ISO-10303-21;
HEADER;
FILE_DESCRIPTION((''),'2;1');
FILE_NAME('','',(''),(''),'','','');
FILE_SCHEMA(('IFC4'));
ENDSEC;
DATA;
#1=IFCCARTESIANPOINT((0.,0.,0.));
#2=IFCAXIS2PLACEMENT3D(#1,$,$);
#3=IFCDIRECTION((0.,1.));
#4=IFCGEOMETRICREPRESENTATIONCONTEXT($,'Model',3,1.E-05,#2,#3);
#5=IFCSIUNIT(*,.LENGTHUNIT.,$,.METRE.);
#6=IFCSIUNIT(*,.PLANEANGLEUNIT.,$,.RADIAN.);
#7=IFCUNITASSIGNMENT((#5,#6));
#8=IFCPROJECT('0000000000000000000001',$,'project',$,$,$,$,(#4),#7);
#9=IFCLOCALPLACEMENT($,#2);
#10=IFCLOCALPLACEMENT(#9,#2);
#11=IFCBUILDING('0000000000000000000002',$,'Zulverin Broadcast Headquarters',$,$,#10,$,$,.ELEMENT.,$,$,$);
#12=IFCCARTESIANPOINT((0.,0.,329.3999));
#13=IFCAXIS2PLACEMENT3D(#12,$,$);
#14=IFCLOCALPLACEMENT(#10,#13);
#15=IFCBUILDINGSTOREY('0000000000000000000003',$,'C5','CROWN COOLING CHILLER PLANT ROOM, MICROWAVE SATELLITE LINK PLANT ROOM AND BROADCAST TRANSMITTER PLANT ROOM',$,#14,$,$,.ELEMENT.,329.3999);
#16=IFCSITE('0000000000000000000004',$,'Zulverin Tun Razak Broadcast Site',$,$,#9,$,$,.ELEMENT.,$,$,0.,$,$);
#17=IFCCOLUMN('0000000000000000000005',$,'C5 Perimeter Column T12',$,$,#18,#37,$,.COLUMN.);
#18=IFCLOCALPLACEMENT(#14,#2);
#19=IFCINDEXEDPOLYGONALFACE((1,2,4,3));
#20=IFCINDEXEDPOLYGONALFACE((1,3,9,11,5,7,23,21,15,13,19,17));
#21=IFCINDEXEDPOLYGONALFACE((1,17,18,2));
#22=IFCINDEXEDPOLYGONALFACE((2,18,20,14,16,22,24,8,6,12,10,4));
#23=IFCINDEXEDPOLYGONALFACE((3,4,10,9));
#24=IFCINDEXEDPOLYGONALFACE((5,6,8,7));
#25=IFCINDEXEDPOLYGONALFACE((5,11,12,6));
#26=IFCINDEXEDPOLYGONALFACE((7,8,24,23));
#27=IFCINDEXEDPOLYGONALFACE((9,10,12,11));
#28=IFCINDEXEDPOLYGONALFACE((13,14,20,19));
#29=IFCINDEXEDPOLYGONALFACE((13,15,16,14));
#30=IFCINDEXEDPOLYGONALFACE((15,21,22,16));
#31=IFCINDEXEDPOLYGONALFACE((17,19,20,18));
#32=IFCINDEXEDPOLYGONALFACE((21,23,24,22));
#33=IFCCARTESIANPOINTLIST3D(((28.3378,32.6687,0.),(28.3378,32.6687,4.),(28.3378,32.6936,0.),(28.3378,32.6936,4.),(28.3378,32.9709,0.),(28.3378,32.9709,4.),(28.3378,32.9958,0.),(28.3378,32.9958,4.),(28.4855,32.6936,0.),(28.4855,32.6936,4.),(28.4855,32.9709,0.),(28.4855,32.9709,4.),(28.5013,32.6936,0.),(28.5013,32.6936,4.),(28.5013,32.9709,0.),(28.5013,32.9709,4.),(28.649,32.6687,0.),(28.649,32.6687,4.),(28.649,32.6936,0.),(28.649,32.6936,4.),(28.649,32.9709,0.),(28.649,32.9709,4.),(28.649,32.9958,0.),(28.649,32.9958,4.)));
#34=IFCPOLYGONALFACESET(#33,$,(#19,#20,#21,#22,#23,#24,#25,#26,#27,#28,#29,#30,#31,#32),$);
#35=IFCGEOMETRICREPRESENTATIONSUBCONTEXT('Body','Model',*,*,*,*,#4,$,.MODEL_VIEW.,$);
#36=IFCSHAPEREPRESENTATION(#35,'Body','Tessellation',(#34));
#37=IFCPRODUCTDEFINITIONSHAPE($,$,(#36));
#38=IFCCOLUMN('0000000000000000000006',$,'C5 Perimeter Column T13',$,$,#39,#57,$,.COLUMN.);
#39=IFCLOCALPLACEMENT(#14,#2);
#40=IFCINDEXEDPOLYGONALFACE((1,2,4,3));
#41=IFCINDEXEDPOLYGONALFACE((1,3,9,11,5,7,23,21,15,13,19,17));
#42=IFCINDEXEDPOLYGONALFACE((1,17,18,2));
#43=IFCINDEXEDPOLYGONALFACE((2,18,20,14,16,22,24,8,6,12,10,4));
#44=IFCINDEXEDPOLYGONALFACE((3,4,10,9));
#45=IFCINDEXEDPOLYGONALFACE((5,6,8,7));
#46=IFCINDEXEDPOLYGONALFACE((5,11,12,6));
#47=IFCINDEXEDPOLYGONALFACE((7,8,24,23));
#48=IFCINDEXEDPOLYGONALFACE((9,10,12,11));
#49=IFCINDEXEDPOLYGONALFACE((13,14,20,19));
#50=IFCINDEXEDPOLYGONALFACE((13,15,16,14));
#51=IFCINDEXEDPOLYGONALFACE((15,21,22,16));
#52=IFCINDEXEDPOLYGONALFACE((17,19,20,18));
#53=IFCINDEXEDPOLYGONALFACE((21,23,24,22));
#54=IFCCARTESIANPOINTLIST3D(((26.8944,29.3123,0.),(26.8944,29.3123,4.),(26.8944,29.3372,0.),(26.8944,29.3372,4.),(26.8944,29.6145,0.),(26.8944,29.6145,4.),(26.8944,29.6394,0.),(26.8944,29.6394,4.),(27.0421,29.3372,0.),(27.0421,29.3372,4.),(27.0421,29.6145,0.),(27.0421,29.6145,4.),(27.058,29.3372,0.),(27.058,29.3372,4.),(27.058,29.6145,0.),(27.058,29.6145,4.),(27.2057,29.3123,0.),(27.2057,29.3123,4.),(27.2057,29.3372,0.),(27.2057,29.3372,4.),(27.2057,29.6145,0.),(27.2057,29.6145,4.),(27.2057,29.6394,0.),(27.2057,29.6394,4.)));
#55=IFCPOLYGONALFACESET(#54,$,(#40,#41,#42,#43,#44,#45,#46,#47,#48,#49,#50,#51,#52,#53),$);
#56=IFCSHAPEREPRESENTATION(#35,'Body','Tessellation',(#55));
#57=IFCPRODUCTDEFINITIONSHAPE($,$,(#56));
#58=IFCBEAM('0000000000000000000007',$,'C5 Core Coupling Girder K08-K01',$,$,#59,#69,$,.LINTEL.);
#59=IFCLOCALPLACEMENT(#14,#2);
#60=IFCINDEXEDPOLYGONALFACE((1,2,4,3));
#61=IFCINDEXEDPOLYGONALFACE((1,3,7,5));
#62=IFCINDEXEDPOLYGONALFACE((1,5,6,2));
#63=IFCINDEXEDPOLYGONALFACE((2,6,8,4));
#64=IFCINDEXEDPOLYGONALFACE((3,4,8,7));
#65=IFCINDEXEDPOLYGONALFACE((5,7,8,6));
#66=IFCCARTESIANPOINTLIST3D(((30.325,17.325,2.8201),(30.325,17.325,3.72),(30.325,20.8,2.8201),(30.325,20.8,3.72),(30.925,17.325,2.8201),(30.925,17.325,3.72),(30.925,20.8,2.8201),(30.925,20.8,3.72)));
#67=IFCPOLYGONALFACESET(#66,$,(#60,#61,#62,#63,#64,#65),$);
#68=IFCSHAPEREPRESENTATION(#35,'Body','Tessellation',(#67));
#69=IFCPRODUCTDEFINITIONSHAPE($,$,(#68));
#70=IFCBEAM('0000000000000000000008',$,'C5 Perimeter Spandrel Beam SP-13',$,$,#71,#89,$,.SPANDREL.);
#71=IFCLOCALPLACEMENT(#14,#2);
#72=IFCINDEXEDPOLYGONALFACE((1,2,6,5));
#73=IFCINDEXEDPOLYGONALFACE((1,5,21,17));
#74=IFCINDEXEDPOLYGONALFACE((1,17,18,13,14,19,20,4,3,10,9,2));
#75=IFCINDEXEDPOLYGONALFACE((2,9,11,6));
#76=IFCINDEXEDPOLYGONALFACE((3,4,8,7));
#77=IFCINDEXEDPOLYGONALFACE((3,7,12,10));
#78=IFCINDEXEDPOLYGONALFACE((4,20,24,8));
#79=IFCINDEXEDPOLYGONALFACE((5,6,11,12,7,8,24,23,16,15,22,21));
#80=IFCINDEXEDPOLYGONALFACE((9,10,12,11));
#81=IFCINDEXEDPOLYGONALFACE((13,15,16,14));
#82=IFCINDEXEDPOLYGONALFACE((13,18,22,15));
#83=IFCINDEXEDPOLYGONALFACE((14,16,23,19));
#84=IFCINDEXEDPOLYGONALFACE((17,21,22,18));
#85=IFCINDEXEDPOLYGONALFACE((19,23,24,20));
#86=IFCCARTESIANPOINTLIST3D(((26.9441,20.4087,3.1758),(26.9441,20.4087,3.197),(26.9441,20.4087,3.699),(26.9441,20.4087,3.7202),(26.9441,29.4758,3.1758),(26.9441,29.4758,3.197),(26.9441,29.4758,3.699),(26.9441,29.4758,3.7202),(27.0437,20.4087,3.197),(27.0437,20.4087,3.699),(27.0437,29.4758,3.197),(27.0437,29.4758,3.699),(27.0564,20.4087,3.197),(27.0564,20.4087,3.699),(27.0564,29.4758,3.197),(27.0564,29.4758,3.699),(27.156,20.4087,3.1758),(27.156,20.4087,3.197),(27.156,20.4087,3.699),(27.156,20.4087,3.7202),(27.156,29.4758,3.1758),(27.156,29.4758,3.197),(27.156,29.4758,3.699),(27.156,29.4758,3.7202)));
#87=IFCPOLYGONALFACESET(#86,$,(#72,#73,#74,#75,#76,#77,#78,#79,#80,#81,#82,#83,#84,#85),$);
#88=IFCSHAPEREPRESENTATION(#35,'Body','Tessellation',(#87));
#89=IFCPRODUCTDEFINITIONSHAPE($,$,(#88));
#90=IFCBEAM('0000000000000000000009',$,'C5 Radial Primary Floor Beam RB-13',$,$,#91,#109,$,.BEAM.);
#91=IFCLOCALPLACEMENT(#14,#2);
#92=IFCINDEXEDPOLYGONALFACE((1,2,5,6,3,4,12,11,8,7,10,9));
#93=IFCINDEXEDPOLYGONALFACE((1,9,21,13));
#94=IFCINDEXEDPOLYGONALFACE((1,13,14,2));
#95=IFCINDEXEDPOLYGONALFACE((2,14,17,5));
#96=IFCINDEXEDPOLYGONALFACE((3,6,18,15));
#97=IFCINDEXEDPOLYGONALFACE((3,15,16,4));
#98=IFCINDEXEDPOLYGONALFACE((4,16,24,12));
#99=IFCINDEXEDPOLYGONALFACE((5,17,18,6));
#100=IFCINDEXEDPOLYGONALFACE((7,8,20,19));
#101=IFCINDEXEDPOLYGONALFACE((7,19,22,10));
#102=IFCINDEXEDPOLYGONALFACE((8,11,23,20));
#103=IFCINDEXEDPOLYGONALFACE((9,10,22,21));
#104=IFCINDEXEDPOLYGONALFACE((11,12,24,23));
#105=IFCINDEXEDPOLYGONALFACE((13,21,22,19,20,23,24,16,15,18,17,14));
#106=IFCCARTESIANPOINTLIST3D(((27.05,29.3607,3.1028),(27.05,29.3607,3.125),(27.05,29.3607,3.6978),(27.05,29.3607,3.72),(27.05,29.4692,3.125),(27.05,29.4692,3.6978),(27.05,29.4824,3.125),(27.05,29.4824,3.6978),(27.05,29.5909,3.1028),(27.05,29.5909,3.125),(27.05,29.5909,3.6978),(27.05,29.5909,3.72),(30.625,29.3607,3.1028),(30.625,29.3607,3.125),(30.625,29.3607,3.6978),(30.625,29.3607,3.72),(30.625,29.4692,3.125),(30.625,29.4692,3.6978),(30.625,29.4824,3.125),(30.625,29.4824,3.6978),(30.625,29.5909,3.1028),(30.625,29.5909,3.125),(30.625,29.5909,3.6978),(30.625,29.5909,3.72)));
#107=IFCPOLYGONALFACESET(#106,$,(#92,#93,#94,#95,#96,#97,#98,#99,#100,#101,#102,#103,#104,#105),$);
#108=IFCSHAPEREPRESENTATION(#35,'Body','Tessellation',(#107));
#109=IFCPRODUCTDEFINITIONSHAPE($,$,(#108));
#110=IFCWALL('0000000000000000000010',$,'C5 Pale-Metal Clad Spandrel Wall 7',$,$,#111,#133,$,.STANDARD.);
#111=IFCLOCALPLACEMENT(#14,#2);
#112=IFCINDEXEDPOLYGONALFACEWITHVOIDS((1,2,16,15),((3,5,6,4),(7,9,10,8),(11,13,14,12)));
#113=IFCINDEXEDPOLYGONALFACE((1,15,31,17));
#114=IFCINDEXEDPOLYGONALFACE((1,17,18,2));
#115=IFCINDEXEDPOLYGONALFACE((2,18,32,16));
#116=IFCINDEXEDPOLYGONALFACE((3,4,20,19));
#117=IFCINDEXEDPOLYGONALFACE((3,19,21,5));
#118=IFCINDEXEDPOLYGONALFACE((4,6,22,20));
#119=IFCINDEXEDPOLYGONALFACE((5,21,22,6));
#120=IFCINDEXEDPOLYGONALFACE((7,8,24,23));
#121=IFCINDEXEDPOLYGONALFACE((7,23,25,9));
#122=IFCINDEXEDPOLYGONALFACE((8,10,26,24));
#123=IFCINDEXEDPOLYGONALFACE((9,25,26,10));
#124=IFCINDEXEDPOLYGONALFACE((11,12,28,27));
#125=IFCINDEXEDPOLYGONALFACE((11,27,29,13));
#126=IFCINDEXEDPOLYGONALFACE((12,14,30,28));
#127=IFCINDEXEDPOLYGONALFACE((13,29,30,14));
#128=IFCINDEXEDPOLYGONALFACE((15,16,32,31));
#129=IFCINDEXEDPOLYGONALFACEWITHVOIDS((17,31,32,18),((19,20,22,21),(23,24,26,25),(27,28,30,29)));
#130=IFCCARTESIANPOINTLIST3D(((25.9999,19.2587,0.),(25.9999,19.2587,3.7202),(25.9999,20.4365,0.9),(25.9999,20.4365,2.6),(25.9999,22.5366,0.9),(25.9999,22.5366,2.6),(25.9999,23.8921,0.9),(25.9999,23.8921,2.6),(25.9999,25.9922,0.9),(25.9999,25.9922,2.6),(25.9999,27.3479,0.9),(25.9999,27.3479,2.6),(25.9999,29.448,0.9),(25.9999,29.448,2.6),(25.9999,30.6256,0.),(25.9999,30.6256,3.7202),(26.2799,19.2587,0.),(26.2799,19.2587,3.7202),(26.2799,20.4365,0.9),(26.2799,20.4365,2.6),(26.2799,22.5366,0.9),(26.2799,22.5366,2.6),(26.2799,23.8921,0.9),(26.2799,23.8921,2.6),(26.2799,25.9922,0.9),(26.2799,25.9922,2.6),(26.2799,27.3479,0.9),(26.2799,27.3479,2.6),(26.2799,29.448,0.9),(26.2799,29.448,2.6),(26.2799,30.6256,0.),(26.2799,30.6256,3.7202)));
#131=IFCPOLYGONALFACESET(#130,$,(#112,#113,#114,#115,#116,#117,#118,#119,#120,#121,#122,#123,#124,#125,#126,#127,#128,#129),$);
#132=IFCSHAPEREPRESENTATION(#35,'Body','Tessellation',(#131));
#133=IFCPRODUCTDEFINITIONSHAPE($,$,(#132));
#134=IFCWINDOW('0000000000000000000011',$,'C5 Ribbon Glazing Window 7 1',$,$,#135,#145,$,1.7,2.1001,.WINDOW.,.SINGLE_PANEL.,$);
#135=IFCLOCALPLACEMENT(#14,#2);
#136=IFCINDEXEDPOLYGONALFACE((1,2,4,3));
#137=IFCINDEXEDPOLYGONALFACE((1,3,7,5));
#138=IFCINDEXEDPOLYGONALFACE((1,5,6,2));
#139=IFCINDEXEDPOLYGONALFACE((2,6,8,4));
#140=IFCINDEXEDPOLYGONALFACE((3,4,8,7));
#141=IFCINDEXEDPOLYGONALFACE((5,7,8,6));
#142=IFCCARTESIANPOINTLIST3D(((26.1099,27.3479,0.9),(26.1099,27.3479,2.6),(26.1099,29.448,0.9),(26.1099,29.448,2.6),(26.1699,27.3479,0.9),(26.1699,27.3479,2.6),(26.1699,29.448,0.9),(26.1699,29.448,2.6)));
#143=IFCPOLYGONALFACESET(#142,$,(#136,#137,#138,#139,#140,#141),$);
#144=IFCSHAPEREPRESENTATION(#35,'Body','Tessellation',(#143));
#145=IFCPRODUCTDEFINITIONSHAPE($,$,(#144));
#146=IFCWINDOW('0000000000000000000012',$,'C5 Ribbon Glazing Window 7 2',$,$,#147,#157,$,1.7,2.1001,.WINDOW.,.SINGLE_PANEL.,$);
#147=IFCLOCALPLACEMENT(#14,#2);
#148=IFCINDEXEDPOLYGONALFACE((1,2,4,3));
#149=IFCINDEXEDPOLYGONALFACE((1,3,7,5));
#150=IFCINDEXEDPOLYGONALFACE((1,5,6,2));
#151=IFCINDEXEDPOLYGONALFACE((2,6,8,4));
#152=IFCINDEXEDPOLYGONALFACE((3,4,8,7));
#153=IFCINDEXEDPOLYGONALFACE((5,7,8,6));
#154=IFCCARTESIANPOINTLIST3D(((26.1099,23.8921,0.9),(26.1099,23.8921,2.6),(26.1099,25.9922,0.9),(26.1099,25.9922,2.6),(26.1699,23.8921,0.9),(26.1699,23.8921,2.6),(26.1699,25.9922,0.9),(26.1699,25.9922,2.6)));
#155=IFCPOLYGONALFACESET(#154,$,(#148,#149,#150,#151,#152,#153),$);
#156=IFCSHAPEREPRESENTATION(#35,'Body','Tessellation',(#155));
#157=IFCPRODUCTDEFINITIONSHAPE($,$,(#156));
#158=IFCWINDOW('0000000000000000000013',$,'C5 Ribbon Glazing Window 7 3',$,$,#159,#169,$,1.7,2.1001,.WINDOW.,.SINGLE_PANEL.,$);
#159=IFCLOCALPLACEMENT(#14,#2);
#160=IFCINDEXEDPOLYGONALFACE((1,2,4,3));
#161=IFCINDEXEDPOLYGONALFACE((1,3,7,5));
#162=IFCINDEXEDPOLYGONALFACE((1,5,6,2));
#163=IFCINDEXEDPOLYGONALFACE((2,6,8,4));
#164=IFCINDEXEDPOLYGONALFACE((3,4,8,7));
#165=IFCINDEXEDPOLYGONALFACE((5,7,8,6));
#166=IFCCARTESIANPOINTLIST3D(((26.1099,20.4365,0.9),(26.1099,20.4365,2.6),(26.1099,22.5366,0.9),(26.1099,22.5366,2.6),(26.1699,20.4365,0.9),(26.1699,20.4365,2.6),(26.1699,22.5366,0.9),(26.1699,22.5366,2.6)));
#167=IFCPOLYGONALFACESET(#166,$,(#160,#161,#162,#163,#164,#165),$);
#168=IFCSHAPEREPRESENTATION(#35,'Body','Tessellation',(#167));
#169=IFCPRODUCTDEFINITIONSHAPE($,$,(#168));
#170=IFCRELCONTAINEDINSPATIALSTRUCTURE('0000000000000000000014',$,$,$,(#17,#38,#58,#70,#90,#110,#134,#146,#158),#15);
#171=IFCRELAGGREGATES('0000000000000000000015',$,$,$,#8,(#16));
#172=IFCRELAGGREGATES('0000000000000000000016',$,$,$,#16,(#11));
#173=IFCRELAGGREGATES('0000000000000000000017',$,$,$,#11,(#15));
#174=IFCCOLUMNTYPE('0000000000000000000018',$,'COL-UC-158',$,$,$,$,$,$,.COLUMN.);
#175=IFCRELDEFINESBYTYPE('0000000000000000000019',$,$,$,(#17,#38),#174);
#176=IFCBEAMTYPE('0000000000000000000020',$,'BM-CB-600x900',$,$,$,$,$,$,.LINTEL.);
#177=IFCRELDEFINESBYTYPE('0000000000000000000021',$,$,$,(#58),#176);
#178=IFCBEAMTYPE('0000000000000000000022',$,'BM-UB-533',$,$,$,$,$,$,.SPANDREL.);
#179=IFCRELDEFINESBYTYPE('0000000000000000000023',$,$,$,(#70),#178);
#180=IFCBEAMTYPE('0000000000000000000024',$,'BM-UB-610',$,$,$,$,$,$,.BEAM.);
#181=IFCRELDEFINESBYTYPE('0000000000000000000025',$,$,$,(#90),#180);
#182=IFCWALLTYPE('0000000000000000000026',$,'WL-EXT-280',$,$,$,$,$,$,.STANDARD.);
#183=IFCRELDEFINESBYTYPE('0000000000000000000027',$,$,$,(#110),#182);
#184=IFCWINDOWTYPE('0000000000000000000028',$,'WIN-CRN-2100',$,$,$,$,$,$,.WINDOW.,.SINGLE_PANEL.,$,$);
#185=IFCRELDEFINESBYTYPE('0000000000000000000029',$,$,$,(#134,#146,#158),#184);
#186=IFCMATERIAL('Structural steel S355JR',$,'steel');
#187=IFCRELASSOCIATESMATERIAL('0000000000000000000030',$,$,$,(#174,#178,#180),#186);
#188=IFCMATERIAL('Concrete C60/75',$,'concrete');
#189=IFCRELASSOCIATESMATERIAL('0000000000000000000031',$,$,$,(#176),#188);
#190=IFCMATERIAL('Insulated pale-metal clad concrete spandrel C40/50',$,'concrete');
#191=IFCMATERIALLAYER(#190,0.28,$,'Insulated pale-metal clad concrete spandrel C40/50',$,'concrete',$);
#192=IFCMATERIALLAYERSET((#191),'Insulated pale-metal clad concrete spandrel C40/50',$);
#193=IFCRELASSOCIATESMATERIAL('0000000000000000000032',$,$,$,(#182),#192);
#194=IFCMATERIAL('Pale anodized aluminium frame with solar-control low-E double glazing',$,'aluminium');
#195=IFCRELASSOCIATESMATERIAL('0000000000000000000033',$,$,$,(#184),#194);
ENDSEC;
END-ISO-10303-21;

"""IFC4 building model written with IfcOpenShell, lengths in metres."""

from ifc_helpers import new_model, si_unit, direction, frame, frame_2d, origin, origin_2d, place, context, subcontext, project, spatial, rectangle, i_section, extrude, material, layer, layer_set, material_profile, profile_set, type_object, element, fill, save


model = new_model("IFC4")

# Units and contexts
model_context = context("Model", 3, precision=1e-05, world=origin(), true_north=direction((0.0, 1.0)))
body_context = subcontext(model_context, "Body", "Model", "MODEL_VIEW")
ifc_project = project(units=[si_unit("LENGTHUNIT", "METRE"), si_unit("PLANEANGLEUNIT", "RADIAN")], contexts=[model_context])

# Site, building, storey
site_placement = place(None, origin())
site = spatial("IfcSite", under=ifc_project, at=site_placement, Name="Zulverin Tun Razak Broadcast Site", CompositionType="ELEMENT", RefElevation=0.0)
building_placement = place(site_placement, origin())
building = spatial("IfcBuilding", under=site, at=building_placement, Name="Zulverin Broadcast Headquarters", CompositionType="ELEMENT")
storey_placement = place(building_placement, frame((0.0, 0.0, 329.3999)))
storey = spatial("IfcBuildingStorey", under=building, at=storey_placement, Name="C5", Description="CROWN COOLING CHILLER PLANT ROOM, MICROWAVE SATELLITE LINK PLANT ROOM AND BROADCAST TRANSMITTER PLANT ROOM", CompositionType="ELEMENT", Elevation=329.3999)

# Columns
ifc_material_1 = material(Name="Structural steel S355JR", Category="steel")
ifc_material_profile_1 = material_profile(ifc_material_1, i_section(OverallWidth=0.3113, OverallDepth=0.3271, WebThickness=0.0159, FlangeThickness=0.0249, at=origin_2d()), Name="Structural steel S355JR", Category="steel")
ifc_profile_set_1 = profile_set([ifc_material_profile_1], Name="Structural steel S355JR")
column_type = type_object("IfcColumnType", Name="COL-UC-158", PredefinedType="COLUMN", material=ifc_profile_set_1)
for number, where, z_axis, x_axis, name in (
    (1, (28.4934, 32.8323, 0.0), (0.0, 0.0, 1.0), (1.0, 0.0, 0.0), "C5 Perimeter Column T12"),
    (2, (27.05, 29.4758, 0.0), (0.0, 0.0, 1.0), (1.0, 0.0, 0.0), "C5 Perimeter Column T13"),
):
    element("IfcColumn", number, at=place(storey_placement, frame(where, z_axis=z_axis, x_axis=x_axis)), inside=storey, type_object=column_type, Name=name, PredefinedType="COLUMN", context=body_context, shape_type="SweptSolid", body=[
        extrude(i_section(OverallWidth=0.3113, OverallDepth=0.3271, WebThickness=0.0159, FlangeThickness=0.0249, at=origin_2d()), origin(), (0.0, 0.0, 1.0), 4.0),
    ])

# Beams
ifc_material_2 = material(Name="Concrete C60/75", Category="concrete")
ifc_material_profile_2 = material_profile(ifc_material_2, rectangle(XDim=0.6001, YDim=0.8999, at=origin_2d()), Name="Concrete C60/75", Category="concrete")
ifc_profile_set_2 = profile_set([ifc_material_profile_2], Name="Concrete C60/75")
beam_type_1 = type_object("IfcBeamType", Name="BM-CB-600x900", PredefinedType="LINTEL", material=ifc_profile_set_2)
beam_1_placement = place(storey_placement, frame((30.625, 20.8, 3.27), z_axis=(0.0, -1.0, 0.0), x_axis=(1.0, 0.0, 0.0)))
element("IfcBeam", 3, at=beam_1_placement, inside=storey, type_object=beam_type_1, Name="C5 Core Coupling Girder K08-K01", PredefinedType="LINTEL", context=body_context, shape_type="SweptSolid", body=[
    extrude(rectangle(XDim=0.6001, YDim=0.8999, at=origin_2d()), origin(), (0.0, 0.0, 1.0), 3.4751),
])
ifc_material_profile_3 = material_profile(ifc_material_1, i_section(OverallWidth=0.2119, OverallDepth=0.5444, WebThickness=0.0127, FlangeThickness=0.0212, at=origin_2d()), Name="Structural steel S355JR", Category="steel")
ifc_profile_set_3 = profile_set([ifc_material_profile_3], Name="Structural steel S355JR")
beam_type_2 = type_object("IfcBeamType", Name="BM-UB-533", PredefinedType="SPANDREL", material=ifc_profile_set_3)
beam_2_placement = place(storey_placement, frame((27.05, 29.4758, 3.448), z_axis=(0.0, -1.0, 0.0), x_axis=(1.0, 0.0, 0.0)))
element("IfcBeam", 4, at=beam_2_placement, inside=storey, type_object=beam_type_2, Name="C5 Perimeter Spandrel Beam SP-13", PredefinedType="SPANDREL", context=body_context, shape_type="SweptSolid", body=[
    extrude(i_section(OverallWidth=0.2119, OverallDepth=0.5444, WebThickness=0.0127, FlangeThickness=0.0212, at=origin_2d()), origin(), (0.0, 0.0, 1.0), 9.0671),
])
ifc_material_profile_4 = material_profile(ifc_material_1, i_section(OverallWidth=0.2302, OverallDepth=0.6172, WebThickness=0.0132, FlangeThickness=0.0222, at=origin_2d()), Name="Structural steel S355JR", Category="steel")
ifc_profile_set_4 = profile_set([ifc_material_profile_4], Name="Structural steel S355JR")
beam_type_3 = type_object("IfcBeamType", Name="BM-UB-610", PredefinedType="BEAM", material=ifc_profile_set_4)
beam_3_placement = place(storey_placement, frame((30.625, 29.4758, 3.4114), z_axis=(-1.0, 0.0, 0.0), x_axis=(0.0, -1.0, 0.0)))
element("IfcBeam", 5, at=beam_3_placement, inside=storey, type_object=beam_type_3, Name="C5 Radial Primary Floor Beam RB-13", PredefinedType="BEAM", context=body_context, shape_type="SweptSolid", body=[
    extrude(i_section(OverallWidth=0.2302, OverallDepth=0.6172, WebThickness=0.0132, FlangeThickness=0.0222, at=origin_2d()), origin(), (0.0, 0.0, 1.0), 3.575),
])

# Wall, openings, windows
ifc_material_3 = material(Name="Insulated pale-metal clad concrete spandrel C40/50", Category="concrete")
ifc_layer_1 = layer(ifc_material_3, 0.28, Name="Insulated pale-metal clad concrete spandrel C40/50", Category="concrete")
ifc_layer_set_1 = layer_set([ifc_layer_1], Name="Insulated pale-metal clad concrete spandrel C40/50")
wall_type_1 = type_object("IfcWallType", Name="WL-EXT-280", PredefinedType="STANDARD", material=ifc_layer_set_1)
wall_1_placement = place(storey_placement, frame((26.1399, 30.6257, 0.0), z_axis=(0.0, 0.0, 1.0), x_axis=(0.0, -1.0, 0.0)))
wall_1 = element("IfcWall", 6, at=wall_1_placement, inside=storey, type_object=wall_type_1, Name="C5 Pale-Metal Clad Spandrel Wall 7", PredefinedType="STANDARD", context=body_context, shape_type="SweptSolid", body=[
    extrude(rectangle(XDim=11.3669, YDim=0.28, at=frame_2d((5.6836, 0.0))), origin(), (0.0, 0.0, 1.0), 3.7202),
])
opening_1_placement = place(wall_1_placement, frame((1.1777, 0.0, 0.8999)))
opening_1 = element("IfcOpeningElement", 7, at=opening_1_placement, cuts=wall_1, PredefinedType="OPENING", context=body_context, shape_type="SweptSolid", body=[
    extrude(rectangle(XDim=2.1001, YDim=1.7, at=frame_2d((1.05, 0.8501))), frame((0.0, 0.1499, 0.0), z_axis=(0.0, -1.0, 0.0), x_axis=(1.0, 0.0, 0.0)), (0.0, 0.0, 1.0), 0.3),
])
opening_2_placement = place(wall_1_placement, frame((4.6335, 0.0, 0.8999)))
opening_2 = element("IfcOpeningElement", 8, at=opening_2_placement, cuts=wall_1, PredefinedType="OPENING", context=body_context, shape_type="SweptSolid", body=[
    extrude(rectangle(XDim=2.1001, YDim=1.7, at=frame_2d((1.05, 0.8501))), frame((0.0, 0.1499, 0.0), z_axis=(0.0, -1.0, 0.0), x_axis=(1.0, 0.0, 0.0)), (0.0, 0.0, 1.0), 0.3),
])
opening_3_placement = place(wall_1_placement, frame((8.0891, 0.0, 0.8999)))
opening_3 = element("IfcOpeningElement", 9, at=opening_3_placement, cuts=wall_1, PredefinedType="OPENING", context=body_context, shape_type="SweptSolid", body=[
    extrude(rectangle(XDim=2.1001, YDim=1.7, at=frame_2d((1.05, 0.8501))), frame((0.0, 0.1499, 0.0), z_axis=(0.0, -1.0, 0.0), x_axis=(1.0, 0.0, 0.0)), (0.0, 0.0, 1.0), 0.3),
])
ifc_material_4 = material(Name="Pale anodized aluminium frame with solar-control low-E double glazing", Category="aluminium")
window_type = type_object("IfcWindowType", Name="WIN-CRN-2100", PartitioningType="SINGLE_PANEL", PredefinedType="WINDOW", material=ifc_material_4)
window_1_placement = place(opening_1_placement, origin())
window_1 = element("IfcWindow", 10, at=window_1_placement, inside=storey, type_object=window_type, Name="C5 Ribbon Glazing Window 7 1", OverallHeight=1.7, OverallWidth=2.1001, PartitioningType="SINGLE_PANEL", PredefinedType="WINDOW", context=body_context, shape_type="SweptSolid", body=[
    extrude(rectangle(XDim=2.1001, YDim=1.7, at=frame_2d((1.05, 0.8501))), frame((0.0, 0.03, 0.0), z_axis=(0.0, -1.0, 0.0), x_axis=(1.0, 0.0, 0.0)), (0.0, 0.0, 1.0), 0.0601),
])
fill(opening_1, window_1)
window_2_placement = place(opening_2_placement, origin())
window_2 = element("IfcWindow", 11, at=window_2_placement, inside=storey, type_object=window_type, Name="C5 Ribbon Glazing Window 7 2", OverallHeight=1.7, OverallWidth=2.1001, PartitioningType="SINGLE_PANEL", PredefinedType="WINDOW", context=body_context, shape_type="SweptSolid", body=[
    extrude(rectangle(XDim=2.1001, YDim=1.7, at=frame_2d((1.05, 0.8501))), frame((0.0, 0.03, 0.0), z_axis=(0.0, -1.0, 0.0), x_axis=(1.0, 0.0, 0.0)), (0.0, 0.0, 1.0), 0.0601),
])
fill(opening_2, window_2)
window_3_placement = place(opening_3_placement, origin())
window_3 = element("IfcWindow", 12, at=window_3_placement, inside=storey, type_object=window_type, Name="C5 Ribbon Glazing Window 7 3", OverallHeight=1.7, OverallWidth=2.1001, PartitioningType="SINGLE_PANEL", PredefinedType="WINDOW", context=body_context, shape_type="SweptSolid", body=[
    extrude(rectangle(XDim=2.1001, YDim=1.7, at=frame_2d((1.05, 0.8501))), frame((0.0, 0.03, 0.0), z_axis=(0.0, -1.0, 0.0), x_axis=(1.0, 0.0, 0.0)), (0.0, 0.0, 1.0), 0.0601),
])
fill(opening_3, window_3)

save(model, "model.ifc")
